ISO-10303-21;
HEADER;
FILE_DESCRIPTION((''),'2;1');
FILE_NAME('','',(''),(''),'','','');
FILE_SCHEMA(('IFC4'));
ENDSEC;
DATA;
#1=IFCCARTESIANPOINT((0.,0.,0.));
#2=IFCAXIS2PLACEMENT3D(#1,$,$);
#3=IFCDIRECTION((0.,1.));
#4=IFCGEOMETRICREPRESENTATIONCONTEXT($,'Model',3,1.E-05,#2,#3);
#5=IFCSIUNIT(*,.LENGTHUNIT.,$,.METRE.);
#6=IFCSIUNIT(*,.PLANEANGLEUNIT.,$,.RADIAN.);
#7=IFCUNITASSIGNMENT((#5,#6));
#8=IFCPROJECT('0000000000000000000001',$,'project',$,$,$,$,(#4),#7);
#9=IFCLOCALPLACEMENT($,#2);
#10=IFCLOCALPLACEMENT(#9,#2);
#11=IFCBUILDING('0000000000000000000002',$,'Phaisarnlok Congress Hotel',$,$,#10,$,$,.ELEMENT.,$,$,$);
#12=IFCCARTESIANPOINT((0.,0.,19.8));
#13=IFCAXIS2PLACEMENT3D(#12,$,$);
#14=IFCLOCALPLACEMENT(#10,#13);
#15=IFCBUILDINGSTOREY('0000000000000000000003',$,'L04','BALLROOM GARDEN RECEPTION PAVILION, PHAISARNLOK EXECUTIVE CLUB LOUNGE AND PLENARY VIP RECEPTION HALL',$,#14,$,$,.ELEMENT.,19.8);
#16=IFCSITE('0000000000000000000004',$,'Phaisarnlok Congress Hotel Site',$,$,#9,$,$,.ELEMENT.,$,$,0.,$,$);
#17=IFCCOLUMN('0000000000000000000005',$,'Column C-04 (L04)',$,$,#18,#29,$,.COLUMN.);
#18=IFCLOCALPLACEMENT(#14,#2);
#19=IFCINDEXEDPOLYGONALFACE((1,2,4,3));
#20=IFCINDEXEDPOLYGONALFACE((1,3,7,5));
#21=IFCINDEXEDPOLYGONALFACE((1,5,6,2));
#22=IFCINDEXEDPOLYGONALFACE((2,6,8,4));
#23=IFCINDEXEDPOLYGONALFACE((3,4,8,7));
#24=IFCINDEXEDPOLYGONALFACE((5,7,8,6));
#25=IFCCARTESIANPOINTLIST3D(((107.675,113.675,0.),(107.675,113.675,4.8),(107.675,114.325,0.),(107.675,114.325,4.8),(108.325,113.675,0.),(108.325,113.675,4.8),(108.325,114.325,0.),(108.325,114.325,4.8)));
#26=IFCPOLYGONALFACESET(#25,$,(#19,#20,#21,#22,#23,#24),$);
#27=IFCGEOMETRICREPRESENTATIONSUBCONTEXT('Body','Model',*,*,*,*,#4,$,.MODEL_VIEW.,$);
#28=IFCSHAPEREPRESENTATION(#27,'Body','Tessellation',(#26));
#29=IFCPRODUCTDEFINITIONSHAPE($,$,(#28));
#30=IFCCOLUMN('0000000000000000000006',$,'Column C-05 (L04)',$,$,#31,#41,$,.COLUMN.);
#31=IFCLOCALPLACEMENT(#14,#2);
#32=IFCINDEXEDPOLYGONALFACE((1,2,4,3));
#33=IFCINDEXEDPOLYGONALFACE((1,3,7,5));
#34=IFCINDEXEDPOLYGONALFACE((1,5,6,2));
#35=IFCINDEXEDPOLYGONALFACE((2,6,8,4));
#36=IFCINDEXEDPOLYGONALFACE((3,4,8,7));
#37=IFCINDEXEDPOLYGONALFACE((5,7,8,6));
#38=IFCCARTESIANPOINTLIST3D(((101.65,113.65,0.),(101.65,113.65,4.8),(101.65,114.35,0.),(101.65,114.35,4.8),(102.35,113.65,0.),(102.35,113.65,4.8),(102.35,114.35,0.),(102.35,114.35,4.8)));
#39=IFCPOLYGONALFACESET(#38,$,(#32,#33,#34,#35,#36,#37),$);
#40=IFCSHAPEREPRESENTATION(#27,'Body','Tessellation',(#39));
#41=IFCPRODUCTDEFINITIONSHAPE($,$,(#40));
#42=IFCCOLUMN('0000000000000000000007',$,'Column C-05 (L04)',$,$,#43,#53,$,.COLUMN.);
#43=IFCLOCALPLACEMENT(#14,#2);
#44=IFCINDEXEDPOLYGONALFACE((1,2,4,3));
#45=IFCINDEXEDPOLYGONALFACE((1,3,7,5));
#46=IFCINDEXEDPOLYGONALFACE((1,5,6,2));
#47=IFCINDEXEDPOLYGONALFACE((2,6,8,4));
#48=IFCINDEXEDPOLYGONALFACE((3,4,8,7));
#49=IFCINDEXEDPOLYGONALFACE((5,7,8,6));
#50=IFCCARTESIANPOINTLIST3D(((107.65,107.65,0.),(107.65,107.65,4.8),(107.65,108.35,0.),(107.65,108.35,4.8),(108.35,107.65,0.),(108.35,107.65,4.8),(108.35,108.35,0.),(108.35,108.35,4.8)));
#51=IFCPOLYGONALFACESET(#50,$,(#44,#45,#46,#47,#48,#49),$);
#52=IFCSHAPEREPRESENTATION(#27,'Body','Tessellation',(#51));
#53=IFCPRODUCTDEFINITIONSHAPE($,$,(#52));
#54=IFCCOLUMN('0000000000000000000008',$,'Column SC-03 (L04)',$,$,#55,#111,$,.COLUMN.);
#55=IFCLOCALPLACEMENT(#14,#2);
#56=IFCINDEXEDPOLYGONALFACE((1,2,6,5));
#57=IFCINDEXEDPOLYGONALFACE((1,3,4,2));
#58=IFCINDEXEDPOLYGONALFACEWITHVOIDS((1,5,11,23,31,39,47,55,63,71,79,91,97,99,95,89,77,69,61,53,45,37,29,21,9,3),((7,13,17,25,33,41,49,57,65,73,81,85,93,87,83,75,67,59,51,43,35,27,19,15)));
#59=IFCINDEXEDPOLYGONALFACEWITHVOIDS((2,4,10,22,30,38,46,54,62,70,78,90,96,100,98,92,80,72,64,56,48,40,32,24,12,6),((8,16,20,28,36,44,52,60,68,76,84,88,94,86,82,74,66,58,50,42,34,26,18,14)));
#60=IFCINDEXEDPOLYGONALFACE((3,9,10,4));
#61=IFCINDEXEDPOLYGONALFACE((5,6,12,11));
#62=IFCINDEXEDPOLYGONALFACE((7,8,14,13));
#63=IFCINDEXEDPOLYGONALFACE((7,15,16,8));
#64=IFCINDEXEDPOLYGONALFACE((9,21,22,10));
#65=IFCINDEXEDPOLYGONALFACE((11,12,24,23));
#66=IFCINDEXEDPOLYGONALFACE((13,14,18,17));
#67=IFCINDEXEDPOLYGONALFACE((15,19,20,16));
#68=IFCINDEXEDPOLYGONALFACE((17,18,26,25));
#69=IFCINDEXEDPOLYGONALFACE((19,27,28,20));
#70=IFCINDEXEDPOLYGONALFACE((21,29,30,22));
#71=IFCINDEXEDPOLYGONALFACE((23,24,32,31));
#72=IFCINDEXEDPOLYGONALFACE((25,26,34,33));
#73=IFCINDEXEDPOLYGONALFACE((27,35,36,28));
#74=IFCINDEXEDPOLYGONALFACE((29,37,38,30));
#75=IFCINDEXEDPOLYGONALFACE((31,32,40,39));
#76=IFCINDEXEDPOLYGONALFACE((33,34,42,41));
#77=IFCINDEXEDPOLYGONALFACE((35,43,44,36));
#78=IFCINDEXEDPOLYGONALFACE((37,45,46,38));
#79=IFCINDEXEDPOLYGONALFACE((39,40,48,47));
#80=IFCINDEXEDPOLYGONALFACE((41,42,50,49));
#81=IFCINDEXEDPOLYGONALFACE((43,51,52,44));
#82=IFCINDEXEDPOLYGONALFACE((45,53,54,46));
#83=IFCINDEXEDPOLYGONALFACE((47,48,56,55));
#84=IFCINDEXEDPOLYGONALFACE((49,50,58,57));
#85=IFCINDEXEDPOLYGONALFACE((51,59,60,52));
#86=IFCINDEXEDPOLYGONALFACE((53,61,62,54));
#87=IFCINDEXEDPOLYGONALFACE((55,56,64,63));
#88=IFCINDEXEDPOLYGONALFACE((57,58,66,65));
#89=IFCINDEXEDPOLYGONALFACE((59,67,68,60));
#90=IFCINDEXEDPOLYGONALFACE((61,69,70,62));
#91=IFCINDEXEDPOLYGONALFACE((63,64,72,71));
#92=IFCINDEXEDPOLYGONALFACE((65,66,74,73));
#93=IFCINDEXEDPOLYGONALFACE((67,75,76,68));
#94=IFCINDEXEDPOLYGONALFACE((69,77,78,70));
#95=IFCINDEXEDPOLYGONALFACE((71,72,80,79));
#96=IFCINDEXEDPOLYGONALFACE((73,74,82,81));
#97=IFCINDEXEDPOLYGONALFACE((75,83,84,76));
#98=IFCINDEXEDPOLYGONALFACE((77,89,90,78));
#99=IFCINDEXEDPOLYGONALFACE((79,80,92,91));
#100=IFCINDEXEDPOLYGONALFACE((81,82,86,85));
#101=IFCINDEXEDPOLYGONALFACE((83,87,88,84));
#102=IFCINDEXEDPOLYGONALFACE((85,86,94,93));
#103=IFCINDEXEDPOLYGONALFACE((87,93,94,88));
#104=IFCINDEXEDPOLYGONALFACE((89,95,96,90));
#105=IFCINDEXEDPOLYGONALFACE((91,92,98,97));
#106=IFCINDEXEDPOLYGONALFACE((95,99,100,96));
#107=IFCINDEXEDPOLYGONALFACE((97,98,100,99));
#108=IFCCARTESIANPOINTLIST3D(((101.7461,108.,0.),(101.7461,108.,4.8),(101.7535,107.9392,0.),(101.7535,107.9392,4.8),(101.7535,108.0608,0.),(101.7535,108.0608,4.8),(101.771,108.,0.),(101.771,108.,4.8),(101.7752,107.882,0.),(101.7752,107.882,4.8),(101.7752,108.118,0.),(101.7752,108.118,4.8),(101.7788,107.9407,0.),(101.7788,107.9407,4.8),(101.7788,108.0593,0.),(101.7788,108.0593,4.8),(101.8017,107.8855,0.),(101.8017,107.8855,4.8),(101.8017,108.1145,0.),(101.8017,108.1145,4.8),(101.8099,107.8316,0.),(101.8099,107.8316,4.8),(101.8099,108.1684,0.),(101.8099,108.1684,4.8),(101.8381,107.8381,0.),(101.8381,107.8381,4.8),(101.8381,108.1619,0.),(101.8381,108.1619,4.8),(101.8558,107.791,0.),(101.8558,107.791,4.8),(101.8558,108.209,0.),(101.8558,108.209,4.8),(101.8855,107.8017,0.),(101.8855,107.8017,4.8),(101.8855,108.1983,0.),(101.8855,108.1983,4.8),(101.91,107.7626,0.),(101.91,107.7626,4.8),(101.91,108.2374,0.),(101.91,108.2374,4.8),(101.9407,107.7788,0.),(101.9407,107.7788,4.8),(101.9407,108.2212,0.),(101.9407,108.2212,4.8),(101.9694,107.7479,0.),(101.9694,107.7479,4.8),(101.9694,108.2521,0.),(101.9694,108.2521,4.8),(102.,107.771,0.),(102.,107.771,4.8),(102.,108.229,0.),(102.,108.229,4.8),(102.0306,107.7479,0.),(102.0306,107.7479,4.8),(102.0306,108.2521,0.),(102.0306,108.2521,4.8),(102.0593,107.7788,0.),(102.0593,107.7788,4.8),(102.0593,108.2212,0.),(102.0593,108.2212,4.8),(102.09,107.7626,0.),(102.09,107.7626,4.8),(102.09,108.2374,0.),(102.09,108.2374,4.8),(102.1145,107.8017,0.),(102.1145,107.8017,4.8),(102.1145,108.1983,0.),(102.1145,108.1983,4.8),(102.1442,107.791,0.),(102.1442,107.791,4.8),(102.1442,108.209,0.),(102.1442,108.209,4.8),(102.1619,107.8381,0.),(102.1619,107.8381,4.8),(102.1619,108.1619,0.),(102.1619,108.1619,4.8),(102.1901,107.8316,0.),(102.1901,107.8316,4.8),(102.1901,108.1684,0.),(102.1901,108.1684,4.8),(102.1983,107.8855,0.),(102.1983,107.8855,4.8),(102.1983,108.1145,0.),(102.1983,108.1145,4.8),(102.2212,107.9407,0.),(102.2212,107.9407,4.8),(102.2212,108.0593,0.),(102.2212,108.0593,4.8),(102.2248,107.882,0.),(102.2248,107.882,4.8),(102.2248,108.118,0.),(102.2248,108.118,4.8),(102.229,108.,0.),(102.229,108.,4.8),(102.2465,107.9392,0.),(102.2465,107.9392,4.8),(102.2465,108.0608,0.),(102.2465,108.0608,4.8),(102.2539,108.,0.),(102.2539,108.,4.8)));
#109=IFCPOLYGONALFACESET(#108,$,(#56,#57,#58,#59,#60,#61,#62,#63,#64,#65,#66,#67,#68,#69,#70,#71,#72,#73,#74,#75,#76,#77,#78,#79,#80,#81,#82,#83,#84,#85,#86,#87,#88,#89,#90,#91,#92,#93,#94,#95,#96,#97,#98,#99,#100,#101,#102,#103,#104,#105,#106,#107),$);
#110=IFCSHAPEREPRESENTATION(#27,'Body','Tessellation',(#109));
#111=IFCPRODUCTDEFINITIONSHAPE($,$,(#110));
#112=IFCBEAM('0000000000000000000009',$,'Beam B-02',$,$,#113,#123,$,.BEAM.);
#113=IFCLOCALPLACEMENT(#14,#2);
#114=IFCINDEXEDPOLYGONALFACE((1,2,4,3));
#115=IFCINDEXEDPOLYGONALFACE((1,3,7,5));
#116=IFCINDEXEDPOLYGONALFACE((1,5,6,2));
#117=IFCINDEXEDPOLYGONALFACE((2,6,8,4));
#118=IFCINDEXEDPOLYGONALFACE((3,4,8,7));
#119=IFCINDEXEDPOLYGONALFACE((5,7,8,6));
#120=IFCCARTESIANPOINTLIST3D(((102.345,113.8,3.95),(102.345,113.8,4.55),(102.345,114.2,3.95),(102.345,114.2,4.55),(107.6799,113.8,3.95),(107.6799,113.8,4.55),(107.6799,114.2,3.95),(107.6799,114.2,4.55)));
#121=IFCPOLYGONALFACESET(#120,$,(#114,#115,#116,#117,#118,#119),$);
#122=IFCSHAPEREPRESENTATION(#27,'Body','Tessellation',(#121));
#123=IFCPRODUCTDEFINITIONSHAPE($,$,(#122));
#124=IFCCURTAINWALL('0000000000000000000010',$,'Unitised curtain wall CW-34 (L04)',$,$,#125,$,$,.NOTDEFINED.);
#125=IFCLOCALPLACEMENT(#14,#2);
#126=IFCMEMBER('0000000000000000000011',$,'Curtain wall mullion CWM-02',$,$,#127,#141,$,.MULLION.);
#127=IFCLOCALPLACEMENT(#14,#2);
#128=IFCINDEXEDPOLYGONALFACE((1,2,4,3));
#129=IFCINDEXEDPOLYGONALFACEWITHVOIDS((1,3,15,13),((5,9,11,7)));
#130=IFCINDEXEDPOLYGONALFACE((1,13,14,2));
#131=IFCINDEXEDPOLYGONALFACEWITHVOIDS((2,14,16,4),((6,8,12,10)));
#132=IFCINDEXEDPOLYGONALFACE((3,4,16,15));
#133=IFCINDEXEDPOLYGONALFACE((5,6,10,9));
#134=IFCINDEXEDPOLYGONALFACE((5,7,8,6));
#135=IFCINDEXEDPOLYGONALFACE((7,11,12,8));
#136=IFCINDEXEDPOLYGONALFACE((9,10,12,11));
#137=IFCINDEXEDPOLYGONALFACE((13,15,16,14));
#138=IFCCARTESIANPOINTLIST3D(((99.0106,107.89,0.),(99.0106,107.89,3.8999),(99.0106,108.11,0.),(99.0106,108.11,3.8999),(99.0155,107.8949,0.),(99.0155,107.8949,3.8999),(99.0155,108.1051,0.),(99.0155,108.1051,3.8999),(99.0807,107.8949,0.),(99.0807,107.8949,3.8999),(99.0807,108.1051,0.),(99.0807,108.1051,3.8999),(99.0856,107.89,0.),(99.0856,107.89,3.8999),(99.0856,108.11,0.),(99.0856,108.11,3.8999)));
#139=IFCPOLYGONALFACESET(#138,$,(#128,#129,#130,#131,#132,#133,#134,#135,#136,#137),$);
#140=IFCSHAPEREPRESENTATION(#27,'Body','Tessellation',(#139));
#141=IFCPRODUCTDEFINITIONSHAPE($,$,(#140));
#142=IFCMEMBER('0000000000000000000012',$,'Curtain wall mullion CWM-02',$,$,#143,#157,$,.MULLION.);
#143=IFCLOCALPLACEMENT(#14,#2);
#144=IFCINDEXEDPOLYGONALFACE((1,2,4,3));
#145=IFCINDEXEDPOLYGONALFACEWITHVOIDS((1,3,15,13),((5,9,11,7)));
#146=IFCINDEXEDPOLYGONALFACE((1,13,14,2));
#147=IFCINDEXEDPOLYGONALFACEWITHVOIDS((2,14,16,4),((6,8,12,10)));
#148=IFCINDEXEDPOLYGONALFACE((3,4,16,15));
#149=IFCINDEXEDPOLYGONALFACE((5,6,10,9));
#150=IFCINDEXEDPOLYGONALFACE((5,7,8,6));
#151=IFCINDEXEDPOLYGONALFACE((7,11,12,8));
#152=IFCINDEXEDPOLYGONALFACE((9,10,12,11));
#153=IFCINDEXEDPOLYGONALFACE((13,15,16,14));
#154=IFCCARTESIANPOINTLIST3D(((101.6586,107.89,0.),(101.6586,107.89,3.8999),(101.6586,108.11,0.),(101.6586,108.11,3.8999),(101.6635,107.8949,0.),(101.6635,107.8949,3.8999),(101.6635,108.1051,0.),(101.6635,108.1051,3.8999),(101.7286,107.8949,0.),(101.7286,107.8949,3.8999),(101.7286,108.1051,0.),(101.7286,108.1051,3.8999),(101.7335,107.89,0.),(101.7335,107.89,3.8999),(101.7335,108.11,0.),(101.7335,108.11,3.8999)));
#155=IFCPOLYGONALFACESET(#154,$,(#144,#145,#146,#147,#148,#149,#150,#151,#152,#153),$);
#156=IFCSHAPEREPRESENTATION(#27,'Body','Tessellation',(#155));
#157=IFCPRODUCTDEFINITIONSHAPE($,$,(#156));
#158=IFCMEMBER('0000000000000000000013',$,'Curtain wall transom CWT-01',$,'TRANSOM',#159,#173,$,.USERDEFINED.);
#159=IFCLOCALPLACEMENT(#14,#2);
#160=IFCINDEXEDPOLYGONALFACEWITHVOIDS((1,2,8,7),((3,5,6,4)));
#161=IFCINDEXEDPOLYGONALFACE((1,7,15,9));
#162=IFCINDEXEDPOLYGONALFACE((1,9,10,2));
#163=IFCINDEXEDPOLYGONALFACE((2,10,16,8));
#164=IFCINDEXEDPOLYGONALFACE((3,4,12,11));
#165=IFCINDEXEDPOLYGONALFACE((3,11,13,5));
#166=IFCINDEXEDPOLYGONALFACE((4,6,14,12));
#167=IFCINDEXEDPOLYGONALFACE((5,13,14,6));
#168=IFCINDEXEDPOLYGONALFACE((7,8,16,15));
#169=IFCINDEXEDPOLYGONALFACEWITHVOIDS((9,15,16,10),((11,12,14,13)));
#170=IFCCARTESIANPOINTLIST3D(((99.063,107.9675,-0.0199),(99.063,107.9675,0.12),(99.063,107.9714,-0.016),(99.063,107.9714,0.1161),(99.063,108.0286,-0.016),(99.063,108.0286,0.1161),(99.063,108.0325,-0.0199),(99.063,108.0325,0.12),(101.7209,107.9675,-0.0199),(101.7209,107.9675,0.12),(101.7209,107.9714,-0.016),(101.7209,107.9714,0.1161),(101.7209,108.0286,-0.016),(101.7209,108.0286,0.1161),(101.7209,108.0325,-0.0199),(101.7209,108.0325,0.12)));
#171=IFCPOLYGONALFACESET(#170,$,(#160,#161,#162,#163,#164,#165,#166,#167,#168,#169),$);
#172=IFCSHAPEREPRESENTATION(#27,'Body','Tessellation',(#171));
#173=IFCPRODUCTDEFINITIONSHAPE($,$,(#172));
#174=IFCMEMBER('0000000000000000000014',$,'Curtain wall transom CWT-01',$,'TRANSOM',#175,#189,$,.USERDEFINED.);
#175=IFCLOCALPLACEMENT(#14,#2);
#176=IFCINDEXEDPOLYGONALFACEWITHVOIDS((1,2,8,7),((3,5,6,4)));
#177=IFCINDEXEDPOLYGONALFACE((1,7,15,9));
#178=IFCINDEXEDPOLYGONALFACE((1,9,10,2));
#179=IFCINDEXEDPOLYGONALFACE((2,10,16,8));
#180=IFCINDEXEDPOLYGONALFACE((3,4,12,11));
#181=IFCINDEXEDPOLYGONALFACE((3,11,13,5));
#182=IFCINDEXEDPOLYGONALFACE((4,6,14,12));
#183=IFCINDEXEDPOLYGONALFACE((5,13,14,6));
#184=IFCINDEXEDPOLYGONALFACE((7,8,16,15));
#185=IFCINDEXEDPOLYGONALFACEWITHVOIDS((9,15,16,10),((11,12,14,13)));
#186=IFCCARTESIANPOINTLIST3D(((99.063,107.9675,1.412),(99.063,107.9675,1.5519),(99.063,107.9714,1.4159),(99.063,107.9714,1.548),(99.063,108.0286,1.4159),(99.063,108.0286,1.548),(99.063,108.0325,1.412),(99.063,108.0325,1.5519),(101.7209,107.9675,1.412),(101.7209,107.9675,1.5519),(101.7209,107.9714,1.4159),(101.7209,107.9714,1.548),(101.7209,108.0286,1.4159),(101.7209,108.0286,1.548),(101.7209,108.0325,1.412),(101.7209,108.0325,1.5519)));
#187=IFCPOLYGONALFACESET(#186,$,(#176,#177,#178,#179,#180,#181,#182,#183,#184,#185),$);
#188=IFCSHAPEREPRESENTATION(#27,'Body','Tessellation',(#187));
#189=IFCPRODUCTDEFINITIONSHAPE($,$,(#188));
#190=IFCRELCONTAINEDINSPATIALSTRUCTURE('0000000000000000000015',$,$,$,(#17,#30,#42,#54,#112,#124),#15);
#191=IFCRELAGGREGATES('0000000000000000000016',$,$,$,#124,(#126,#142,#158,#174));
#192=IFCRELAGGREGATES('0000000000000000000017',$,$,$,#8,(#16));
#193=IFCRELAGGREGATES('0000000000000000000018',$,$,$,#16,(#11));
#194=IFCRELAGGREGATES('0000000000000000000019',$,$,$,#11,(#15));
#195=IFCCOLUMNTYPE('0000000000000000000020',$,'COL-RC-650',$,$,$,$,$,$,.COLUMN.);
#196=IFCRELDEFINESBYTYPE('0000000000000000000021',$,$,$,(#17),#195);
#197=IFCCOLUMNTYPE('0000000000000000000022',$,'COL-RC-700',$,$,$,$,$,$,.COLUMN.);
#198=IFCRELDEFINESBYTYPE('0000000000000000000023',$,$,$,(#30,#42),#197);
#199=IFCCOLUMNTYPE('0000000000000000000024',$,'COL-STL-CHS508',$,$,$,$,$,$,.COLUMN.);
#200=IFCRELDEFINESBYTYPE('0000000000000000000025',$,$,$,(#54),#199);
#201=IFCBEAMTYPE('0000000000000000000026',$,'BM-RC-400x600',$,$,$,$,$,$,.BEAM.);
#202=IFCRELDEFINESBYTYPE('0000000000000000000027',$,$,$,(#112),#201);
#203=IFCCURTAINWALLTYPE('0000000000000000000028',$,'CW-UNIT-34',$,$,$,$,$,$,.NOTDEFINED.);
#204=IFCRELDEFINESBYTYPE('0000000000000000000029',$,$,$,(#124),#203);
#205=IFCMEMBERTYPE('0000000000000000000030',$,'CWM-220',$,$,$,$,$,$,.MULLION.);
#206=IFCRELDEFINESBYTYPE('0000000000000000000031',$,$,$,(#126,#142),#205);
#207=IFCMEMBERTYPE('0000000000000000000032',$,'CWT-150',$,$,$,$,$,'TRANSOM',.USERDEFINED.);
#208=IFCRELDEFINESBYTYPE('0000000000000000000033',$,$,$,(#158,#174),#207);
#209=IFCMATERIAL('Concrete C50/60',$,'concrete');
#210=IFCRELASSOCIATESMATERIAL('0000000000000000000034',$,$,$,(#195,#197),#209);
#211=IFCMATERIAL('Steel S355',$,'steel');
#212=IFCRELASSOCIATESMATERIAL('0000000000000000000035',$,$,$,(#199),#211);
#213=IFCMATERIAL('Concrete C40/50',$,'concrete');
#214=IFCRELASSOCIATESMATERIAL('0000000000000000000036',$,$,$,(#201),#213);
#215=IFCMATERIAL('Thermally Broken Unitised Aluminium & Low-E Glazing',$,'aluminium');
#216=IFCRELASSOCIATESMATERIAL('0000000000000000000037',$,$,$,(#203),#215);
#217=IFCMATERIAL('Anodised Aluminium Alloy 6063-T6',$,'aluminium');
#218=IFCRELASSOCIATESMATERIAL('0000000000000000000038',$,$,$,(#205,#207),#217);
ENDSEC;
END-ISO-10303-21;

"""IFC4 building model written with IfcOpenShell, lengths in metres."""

from ifc_helpers import new_model, si_unit, direction, frame, origin, origin_2d, place, context, subcontext, project, spatial, rectangle, hollow_rectangle, hollow_circle, extrude, material, material_profile, profile_set, type_object, element, aggregate, save


model = new_model("IFC4")

# Units and contexts
model_context = context("Model", 3, precision=1e-05, world=origin(), true_north=direction((0.0, 1.0)))
body_context = subcontext(model_context, "Body", "Model", "MODEL_VIEW")
ifc_project = project(units=[si_unit("LENGTHUNIT", "METRE"), si_unit("PLANEANGLEUNIT", "RADIAN")], contexts=[model_context])

# Site, building, storey
site_placement = place(None, origin())
site = spatial("IfcSite", under=ifc_project, at=site_placement, Name="Phaisarnlok Congress Hotel Site", CompositionType="ELEMENT", RefElevation=0.0)
building_placement = place(site_placement, origin())
building = spatial("IfcBuilding", under=site, at=building_placement, Name="Phaisarnlok Congress Hotel", CompositionType="ELEMENT")
storey_placement = place(building_placement, frame((0.0, 0.0, 19.8)))
storey = spatial("IfcBuildingStorey", under=building, at=storey_placement, Name="L04", Description="BALLROOM GARDEN RECEPTION PAVILION, PHAISARNLOK EXECUTIVE CLUB LOUNGE AND PLENARY VIP RECEPTION HALL", CompositionType="ELEMENT", Elevation=19.8)

# Columns
ifc_material_1 = material(Name="Concrete C50/60", Category="concrete")
ifc_material_profile_1 = material_profile(ifc_material_1, rectangle(XDim=0.6499, YDim=0.6499, at=origin_2d()), Name="RC 650x650")
ifc_profile_set_1 = profile_set([ifc_material_profile_1], Name="Concrete C50/60")
column_type_1 = type_object("IfcColumnType", Name="COL-RC-650", PredefinedType="COLUMN", material=ifc_profile_set_1)
column_1_placement = place(storey_placement, frame((108.0, 114.0, 0.0), z_axis=(0.0, 0.0, 1.0), x_axis=(1.0, 0.0, 0.0)))
element("IfcColumn", 1, at=column_1_placement, inside=storey, type_object=column_type_1, Name="Column C-04 (L04)", PredefinedType="COLUMN", context=body_context, shape_type="SweptSolid", body=[
    extrude(rectangle(XDim=0.6499, YDim=0.6499, at=origin_2d()), origin(), (0.0, 0.0, 1.0), 4.8),
])
ifc_material_profile_2 = material_profile(ifc_material_1, rectangle(XDim=0.7, YDim=0.7, at=origin_2d()), Name="RC 700x700")
ifc_profile_set_2 = profile_set([ifc_material_profile_2], Name="Concrete C50/60")
column_type_2 = type_object("IfcColumnType", Name="COL-RC-700", PredefinedType="COLUMN", material=ifc_profile_set_2)
for number, where, z_axis, x_axis, name in (
    (2, (102.0, 114.0, 0.0), (0.0, 0.0, 1.0), (1.0, 0.0, 0.0), "Column C-05 (L04)"),
    (3, (108.0, 108.0, 0.0), (0.0, 0.0, 1.0), (1.0, 0.0, 0.0), "Column C-05 (L04)"),
):
    element("IfcColumn", number, at=place(storey_placement, frame(where, z_axis=z_axis, x_axis=x_axis)), inside=storey, type_object=column_type_2, Name=name, PredefinedType="COLUMN", context=body_context, shape_type="SweptSolid", body=[
        extrude(rectangle(XDim=0.7, YDim=0.7, at=origin_2d()), origin(), (0.0, 0.0, 1.0), 4.8),
    ])
ifc_material_2 = material(Name="Steel S355", Category="steel")
ifc_material_profile_3 = material_profile(ifc_material_2, hollow_circle(Radius=0.2539, WallThickness=0.0249, at=origin_2d()), Name="CHS 508x25")
ifc_profile_set_3 = profile_set([ifc_material_profile_3], Name="Steel S355")
column_type_3 = type_object("IfcColumnType", Name="COL-STL-CHS508", PredefinedType="COLUMN", material=ifc_profile_set_3)
column_2_placement = place(storey_placement, frame((102.0, 108.0, 0.0), z_axis=(0.0, 0.0, 1.0), x_axis=(1.0, 0.0, 0.0)))
element("IfcColumn", 4, at=column_2_placement, inside=storey, type_object=column_type_3, Name="Column SC-03 (L04)", PredefinedType="COLUMN", context=body_context, shape_type="SweptSolid", body=[
    extrude(hollow_circle(Radius=0.2539, WallThickness=0.0249, at=origin_2d()), origin(), (0.0, 0.0, 1.0), 4.8),
])

# Beam
ifc_material_3 = material(Name="Concrete C40/50", Category="concrete")
ifc_material_profile_4 = material_profile(ifc_material_3, rectangle(XDim=0.3999, YDim=0.6001, at=origin_2d()), Name="RC 400x600")
ifc_profile_set_4 = profile_set([ifc_material_profile_4], Name="Concrete C40/50")
beam_type_1 = type_object("IfcBeamType", Name="BM-RC-400x600", PredefinedType="BEAM", material=ifc_profile_set_4)
beam_1_placement = place(storey_placement, frame((102.345, 114.0, 4.25), z_axis=(1.0, 0.0, 0.0), x_axis=(0.0, 1.0, 0.0)))
element("IfcBeam", 5, at=beam_1_placement, inside=storey, type_object=beam_type_1, Name="Beam B-02", PredefinedType="BEAM", context=body_context, shape_type="SweptSolid", body=[
    extrude(rectangle(XDim=0.3999, YDim=0.6001, at=origin_2d()), origin(), (0.0, 0.0, 1.0), 5.335),
])

# Curtain wall, members
ifc_material_4 = material(Name="Thermally Broken Unitised Aluminium & Low-E Glazing", Category="aluminium")
curtain_wall_type = type_object("IfcCurtainWallType", Name="CW-UNIT-34", PredefinedType="NOTDEFINED", material=ifc_material_4)
curtain_wall_placement = place(storey_placement, origin())
curtain_wall = element("IfcCurtainWall", 6, at=curtain_wall_placement, inside=storey, type_object=curtain_wall_type, Name="Unitised curtain wall CW-34 (L04)", PredefinedType="NOTDEFINED")
ifc_material_5 = material(Name="Anodised Aluminium Alloy 6063-T6", Category="aluminium")
ifc_material_profile_5 = material_profile(ifc_material_5, hollow_rectangle(XDim=0.075, YDim=0.22, WallThickness=0.0049, at=origin_2d()), Name="ALU-M 75x220x5")
ifc_profile_set_5 = profile_set([ifc_material_profile_5], Name="Anodised Aluminium Alloy 6063-T6")
member_type_1 = type_object("IfcMemberType", Name="CWM-220", PredefinedType="MULLION", material=ifc_profile_set_5)
member_1_placement = place(storey_placement, frame((99.0481, 108.0, 0.0), z_axis=(0.0, 0.0, 1.0), x_axis=(1.0, 0.0, 0.0)))
member_1 = element("IfcMember", 7, at=member_1_placement, type_object=member_type_1, Name="Curtain wall mullion CWM-02", PredefinedType="MULLION", context=body_context, shape_type="SweptSolid", body=[
    extrude(hollow_rectangle(XDim=0.075, YDim=0.22, WallThickness=0.0049, at=origin_2d()), origin(), (0.0, 0.0, 1.0), 3.8999),
])
member_2_placement = place(storey_placement, frame((101.696, 108.0, 0.0), z_axis=(0.0, 0.0, 1.0), x_axis=(1.0, 0.0, 0.0)))
member_2 = element("IfcMember", 8, at=member_2_placement, type_object=member_type_1, Name="Curtain wall mullion CWM-02", PredefinedType="MULLION", context=body_context, shape_type="SweptSolid", body=[
    extrude(hollow_rectangle(XDim=0.075, YDim=0.22, WallThickness=0.0049, at=origin_2d()), origin(), (0.0, 0.0, 1.0), 3.8999),
])
ifc_material_profile_6 = material_profile(ifc_material_5, hollow_rectangle(XDim=0.0649, YDim=0.1399, WallThickness=0.0039, at=origin_2d()), Name="ALU-T 65x140x4")
ifc_profile_set_6 = profile_set([ifc_material_profile_6], Name="Anodised Aluminium Alloy 6063-T6")
member_type_2 = type_object("IfcMemberType", Name="CWT-150", ElementType="TRANSOM", PredefinedType="USERDEFINED", material=ifc_profile_set_6)
member_3_placement = place(storey_placement, frame((99.063, 108.0, 0.05), z_axis=(1.0, 0.0, 0.0), x_axis=(0.0, 1.0, 0.0)))
member_3 = element("IfcMember", 9, at=member_3_placement, type_object=member_type_2, Name="Curtain wall transom CWT-01", ObjectType="TRANSOM", PredefinedType="USERDEFINED", context=body_context, shape_type="SweptSolid", body=[
    extrude(hollow_rectangle(XDim=0.0649, YDim=0.1399, WallThickness=0.0039, at=origin_2d()), origin(), (0.0, 0.0, 1.0), 2.658),
])
member_4_placement = place(storey_placement, frame((99.063, 108.0, 1.4819), z_axis=(1.0, 0.0, 0.0), x_axis=(0.0, 1.0, 0.0)))
member_4 = element("IfcMember", 10, at=member_4_placement, type_object=member_type_2, Name="Curtain wall transom CWT-01", ObjectType="TRANSOM", PredefinedType="USERDEFINED", context=body_context, shape_type="SweptSolid", body=[
    extrude(hollow_rectangle(XDim=0.0649, YDim=0.1399, WallThickness=0.0039, at=origin_2d()), origin(), (0.0, 0.0, 1.0), 2.658),
])

aggregate(curtain_wall, [member_1, member_2, member_3, member_4])

save(model, "model.ifc")
